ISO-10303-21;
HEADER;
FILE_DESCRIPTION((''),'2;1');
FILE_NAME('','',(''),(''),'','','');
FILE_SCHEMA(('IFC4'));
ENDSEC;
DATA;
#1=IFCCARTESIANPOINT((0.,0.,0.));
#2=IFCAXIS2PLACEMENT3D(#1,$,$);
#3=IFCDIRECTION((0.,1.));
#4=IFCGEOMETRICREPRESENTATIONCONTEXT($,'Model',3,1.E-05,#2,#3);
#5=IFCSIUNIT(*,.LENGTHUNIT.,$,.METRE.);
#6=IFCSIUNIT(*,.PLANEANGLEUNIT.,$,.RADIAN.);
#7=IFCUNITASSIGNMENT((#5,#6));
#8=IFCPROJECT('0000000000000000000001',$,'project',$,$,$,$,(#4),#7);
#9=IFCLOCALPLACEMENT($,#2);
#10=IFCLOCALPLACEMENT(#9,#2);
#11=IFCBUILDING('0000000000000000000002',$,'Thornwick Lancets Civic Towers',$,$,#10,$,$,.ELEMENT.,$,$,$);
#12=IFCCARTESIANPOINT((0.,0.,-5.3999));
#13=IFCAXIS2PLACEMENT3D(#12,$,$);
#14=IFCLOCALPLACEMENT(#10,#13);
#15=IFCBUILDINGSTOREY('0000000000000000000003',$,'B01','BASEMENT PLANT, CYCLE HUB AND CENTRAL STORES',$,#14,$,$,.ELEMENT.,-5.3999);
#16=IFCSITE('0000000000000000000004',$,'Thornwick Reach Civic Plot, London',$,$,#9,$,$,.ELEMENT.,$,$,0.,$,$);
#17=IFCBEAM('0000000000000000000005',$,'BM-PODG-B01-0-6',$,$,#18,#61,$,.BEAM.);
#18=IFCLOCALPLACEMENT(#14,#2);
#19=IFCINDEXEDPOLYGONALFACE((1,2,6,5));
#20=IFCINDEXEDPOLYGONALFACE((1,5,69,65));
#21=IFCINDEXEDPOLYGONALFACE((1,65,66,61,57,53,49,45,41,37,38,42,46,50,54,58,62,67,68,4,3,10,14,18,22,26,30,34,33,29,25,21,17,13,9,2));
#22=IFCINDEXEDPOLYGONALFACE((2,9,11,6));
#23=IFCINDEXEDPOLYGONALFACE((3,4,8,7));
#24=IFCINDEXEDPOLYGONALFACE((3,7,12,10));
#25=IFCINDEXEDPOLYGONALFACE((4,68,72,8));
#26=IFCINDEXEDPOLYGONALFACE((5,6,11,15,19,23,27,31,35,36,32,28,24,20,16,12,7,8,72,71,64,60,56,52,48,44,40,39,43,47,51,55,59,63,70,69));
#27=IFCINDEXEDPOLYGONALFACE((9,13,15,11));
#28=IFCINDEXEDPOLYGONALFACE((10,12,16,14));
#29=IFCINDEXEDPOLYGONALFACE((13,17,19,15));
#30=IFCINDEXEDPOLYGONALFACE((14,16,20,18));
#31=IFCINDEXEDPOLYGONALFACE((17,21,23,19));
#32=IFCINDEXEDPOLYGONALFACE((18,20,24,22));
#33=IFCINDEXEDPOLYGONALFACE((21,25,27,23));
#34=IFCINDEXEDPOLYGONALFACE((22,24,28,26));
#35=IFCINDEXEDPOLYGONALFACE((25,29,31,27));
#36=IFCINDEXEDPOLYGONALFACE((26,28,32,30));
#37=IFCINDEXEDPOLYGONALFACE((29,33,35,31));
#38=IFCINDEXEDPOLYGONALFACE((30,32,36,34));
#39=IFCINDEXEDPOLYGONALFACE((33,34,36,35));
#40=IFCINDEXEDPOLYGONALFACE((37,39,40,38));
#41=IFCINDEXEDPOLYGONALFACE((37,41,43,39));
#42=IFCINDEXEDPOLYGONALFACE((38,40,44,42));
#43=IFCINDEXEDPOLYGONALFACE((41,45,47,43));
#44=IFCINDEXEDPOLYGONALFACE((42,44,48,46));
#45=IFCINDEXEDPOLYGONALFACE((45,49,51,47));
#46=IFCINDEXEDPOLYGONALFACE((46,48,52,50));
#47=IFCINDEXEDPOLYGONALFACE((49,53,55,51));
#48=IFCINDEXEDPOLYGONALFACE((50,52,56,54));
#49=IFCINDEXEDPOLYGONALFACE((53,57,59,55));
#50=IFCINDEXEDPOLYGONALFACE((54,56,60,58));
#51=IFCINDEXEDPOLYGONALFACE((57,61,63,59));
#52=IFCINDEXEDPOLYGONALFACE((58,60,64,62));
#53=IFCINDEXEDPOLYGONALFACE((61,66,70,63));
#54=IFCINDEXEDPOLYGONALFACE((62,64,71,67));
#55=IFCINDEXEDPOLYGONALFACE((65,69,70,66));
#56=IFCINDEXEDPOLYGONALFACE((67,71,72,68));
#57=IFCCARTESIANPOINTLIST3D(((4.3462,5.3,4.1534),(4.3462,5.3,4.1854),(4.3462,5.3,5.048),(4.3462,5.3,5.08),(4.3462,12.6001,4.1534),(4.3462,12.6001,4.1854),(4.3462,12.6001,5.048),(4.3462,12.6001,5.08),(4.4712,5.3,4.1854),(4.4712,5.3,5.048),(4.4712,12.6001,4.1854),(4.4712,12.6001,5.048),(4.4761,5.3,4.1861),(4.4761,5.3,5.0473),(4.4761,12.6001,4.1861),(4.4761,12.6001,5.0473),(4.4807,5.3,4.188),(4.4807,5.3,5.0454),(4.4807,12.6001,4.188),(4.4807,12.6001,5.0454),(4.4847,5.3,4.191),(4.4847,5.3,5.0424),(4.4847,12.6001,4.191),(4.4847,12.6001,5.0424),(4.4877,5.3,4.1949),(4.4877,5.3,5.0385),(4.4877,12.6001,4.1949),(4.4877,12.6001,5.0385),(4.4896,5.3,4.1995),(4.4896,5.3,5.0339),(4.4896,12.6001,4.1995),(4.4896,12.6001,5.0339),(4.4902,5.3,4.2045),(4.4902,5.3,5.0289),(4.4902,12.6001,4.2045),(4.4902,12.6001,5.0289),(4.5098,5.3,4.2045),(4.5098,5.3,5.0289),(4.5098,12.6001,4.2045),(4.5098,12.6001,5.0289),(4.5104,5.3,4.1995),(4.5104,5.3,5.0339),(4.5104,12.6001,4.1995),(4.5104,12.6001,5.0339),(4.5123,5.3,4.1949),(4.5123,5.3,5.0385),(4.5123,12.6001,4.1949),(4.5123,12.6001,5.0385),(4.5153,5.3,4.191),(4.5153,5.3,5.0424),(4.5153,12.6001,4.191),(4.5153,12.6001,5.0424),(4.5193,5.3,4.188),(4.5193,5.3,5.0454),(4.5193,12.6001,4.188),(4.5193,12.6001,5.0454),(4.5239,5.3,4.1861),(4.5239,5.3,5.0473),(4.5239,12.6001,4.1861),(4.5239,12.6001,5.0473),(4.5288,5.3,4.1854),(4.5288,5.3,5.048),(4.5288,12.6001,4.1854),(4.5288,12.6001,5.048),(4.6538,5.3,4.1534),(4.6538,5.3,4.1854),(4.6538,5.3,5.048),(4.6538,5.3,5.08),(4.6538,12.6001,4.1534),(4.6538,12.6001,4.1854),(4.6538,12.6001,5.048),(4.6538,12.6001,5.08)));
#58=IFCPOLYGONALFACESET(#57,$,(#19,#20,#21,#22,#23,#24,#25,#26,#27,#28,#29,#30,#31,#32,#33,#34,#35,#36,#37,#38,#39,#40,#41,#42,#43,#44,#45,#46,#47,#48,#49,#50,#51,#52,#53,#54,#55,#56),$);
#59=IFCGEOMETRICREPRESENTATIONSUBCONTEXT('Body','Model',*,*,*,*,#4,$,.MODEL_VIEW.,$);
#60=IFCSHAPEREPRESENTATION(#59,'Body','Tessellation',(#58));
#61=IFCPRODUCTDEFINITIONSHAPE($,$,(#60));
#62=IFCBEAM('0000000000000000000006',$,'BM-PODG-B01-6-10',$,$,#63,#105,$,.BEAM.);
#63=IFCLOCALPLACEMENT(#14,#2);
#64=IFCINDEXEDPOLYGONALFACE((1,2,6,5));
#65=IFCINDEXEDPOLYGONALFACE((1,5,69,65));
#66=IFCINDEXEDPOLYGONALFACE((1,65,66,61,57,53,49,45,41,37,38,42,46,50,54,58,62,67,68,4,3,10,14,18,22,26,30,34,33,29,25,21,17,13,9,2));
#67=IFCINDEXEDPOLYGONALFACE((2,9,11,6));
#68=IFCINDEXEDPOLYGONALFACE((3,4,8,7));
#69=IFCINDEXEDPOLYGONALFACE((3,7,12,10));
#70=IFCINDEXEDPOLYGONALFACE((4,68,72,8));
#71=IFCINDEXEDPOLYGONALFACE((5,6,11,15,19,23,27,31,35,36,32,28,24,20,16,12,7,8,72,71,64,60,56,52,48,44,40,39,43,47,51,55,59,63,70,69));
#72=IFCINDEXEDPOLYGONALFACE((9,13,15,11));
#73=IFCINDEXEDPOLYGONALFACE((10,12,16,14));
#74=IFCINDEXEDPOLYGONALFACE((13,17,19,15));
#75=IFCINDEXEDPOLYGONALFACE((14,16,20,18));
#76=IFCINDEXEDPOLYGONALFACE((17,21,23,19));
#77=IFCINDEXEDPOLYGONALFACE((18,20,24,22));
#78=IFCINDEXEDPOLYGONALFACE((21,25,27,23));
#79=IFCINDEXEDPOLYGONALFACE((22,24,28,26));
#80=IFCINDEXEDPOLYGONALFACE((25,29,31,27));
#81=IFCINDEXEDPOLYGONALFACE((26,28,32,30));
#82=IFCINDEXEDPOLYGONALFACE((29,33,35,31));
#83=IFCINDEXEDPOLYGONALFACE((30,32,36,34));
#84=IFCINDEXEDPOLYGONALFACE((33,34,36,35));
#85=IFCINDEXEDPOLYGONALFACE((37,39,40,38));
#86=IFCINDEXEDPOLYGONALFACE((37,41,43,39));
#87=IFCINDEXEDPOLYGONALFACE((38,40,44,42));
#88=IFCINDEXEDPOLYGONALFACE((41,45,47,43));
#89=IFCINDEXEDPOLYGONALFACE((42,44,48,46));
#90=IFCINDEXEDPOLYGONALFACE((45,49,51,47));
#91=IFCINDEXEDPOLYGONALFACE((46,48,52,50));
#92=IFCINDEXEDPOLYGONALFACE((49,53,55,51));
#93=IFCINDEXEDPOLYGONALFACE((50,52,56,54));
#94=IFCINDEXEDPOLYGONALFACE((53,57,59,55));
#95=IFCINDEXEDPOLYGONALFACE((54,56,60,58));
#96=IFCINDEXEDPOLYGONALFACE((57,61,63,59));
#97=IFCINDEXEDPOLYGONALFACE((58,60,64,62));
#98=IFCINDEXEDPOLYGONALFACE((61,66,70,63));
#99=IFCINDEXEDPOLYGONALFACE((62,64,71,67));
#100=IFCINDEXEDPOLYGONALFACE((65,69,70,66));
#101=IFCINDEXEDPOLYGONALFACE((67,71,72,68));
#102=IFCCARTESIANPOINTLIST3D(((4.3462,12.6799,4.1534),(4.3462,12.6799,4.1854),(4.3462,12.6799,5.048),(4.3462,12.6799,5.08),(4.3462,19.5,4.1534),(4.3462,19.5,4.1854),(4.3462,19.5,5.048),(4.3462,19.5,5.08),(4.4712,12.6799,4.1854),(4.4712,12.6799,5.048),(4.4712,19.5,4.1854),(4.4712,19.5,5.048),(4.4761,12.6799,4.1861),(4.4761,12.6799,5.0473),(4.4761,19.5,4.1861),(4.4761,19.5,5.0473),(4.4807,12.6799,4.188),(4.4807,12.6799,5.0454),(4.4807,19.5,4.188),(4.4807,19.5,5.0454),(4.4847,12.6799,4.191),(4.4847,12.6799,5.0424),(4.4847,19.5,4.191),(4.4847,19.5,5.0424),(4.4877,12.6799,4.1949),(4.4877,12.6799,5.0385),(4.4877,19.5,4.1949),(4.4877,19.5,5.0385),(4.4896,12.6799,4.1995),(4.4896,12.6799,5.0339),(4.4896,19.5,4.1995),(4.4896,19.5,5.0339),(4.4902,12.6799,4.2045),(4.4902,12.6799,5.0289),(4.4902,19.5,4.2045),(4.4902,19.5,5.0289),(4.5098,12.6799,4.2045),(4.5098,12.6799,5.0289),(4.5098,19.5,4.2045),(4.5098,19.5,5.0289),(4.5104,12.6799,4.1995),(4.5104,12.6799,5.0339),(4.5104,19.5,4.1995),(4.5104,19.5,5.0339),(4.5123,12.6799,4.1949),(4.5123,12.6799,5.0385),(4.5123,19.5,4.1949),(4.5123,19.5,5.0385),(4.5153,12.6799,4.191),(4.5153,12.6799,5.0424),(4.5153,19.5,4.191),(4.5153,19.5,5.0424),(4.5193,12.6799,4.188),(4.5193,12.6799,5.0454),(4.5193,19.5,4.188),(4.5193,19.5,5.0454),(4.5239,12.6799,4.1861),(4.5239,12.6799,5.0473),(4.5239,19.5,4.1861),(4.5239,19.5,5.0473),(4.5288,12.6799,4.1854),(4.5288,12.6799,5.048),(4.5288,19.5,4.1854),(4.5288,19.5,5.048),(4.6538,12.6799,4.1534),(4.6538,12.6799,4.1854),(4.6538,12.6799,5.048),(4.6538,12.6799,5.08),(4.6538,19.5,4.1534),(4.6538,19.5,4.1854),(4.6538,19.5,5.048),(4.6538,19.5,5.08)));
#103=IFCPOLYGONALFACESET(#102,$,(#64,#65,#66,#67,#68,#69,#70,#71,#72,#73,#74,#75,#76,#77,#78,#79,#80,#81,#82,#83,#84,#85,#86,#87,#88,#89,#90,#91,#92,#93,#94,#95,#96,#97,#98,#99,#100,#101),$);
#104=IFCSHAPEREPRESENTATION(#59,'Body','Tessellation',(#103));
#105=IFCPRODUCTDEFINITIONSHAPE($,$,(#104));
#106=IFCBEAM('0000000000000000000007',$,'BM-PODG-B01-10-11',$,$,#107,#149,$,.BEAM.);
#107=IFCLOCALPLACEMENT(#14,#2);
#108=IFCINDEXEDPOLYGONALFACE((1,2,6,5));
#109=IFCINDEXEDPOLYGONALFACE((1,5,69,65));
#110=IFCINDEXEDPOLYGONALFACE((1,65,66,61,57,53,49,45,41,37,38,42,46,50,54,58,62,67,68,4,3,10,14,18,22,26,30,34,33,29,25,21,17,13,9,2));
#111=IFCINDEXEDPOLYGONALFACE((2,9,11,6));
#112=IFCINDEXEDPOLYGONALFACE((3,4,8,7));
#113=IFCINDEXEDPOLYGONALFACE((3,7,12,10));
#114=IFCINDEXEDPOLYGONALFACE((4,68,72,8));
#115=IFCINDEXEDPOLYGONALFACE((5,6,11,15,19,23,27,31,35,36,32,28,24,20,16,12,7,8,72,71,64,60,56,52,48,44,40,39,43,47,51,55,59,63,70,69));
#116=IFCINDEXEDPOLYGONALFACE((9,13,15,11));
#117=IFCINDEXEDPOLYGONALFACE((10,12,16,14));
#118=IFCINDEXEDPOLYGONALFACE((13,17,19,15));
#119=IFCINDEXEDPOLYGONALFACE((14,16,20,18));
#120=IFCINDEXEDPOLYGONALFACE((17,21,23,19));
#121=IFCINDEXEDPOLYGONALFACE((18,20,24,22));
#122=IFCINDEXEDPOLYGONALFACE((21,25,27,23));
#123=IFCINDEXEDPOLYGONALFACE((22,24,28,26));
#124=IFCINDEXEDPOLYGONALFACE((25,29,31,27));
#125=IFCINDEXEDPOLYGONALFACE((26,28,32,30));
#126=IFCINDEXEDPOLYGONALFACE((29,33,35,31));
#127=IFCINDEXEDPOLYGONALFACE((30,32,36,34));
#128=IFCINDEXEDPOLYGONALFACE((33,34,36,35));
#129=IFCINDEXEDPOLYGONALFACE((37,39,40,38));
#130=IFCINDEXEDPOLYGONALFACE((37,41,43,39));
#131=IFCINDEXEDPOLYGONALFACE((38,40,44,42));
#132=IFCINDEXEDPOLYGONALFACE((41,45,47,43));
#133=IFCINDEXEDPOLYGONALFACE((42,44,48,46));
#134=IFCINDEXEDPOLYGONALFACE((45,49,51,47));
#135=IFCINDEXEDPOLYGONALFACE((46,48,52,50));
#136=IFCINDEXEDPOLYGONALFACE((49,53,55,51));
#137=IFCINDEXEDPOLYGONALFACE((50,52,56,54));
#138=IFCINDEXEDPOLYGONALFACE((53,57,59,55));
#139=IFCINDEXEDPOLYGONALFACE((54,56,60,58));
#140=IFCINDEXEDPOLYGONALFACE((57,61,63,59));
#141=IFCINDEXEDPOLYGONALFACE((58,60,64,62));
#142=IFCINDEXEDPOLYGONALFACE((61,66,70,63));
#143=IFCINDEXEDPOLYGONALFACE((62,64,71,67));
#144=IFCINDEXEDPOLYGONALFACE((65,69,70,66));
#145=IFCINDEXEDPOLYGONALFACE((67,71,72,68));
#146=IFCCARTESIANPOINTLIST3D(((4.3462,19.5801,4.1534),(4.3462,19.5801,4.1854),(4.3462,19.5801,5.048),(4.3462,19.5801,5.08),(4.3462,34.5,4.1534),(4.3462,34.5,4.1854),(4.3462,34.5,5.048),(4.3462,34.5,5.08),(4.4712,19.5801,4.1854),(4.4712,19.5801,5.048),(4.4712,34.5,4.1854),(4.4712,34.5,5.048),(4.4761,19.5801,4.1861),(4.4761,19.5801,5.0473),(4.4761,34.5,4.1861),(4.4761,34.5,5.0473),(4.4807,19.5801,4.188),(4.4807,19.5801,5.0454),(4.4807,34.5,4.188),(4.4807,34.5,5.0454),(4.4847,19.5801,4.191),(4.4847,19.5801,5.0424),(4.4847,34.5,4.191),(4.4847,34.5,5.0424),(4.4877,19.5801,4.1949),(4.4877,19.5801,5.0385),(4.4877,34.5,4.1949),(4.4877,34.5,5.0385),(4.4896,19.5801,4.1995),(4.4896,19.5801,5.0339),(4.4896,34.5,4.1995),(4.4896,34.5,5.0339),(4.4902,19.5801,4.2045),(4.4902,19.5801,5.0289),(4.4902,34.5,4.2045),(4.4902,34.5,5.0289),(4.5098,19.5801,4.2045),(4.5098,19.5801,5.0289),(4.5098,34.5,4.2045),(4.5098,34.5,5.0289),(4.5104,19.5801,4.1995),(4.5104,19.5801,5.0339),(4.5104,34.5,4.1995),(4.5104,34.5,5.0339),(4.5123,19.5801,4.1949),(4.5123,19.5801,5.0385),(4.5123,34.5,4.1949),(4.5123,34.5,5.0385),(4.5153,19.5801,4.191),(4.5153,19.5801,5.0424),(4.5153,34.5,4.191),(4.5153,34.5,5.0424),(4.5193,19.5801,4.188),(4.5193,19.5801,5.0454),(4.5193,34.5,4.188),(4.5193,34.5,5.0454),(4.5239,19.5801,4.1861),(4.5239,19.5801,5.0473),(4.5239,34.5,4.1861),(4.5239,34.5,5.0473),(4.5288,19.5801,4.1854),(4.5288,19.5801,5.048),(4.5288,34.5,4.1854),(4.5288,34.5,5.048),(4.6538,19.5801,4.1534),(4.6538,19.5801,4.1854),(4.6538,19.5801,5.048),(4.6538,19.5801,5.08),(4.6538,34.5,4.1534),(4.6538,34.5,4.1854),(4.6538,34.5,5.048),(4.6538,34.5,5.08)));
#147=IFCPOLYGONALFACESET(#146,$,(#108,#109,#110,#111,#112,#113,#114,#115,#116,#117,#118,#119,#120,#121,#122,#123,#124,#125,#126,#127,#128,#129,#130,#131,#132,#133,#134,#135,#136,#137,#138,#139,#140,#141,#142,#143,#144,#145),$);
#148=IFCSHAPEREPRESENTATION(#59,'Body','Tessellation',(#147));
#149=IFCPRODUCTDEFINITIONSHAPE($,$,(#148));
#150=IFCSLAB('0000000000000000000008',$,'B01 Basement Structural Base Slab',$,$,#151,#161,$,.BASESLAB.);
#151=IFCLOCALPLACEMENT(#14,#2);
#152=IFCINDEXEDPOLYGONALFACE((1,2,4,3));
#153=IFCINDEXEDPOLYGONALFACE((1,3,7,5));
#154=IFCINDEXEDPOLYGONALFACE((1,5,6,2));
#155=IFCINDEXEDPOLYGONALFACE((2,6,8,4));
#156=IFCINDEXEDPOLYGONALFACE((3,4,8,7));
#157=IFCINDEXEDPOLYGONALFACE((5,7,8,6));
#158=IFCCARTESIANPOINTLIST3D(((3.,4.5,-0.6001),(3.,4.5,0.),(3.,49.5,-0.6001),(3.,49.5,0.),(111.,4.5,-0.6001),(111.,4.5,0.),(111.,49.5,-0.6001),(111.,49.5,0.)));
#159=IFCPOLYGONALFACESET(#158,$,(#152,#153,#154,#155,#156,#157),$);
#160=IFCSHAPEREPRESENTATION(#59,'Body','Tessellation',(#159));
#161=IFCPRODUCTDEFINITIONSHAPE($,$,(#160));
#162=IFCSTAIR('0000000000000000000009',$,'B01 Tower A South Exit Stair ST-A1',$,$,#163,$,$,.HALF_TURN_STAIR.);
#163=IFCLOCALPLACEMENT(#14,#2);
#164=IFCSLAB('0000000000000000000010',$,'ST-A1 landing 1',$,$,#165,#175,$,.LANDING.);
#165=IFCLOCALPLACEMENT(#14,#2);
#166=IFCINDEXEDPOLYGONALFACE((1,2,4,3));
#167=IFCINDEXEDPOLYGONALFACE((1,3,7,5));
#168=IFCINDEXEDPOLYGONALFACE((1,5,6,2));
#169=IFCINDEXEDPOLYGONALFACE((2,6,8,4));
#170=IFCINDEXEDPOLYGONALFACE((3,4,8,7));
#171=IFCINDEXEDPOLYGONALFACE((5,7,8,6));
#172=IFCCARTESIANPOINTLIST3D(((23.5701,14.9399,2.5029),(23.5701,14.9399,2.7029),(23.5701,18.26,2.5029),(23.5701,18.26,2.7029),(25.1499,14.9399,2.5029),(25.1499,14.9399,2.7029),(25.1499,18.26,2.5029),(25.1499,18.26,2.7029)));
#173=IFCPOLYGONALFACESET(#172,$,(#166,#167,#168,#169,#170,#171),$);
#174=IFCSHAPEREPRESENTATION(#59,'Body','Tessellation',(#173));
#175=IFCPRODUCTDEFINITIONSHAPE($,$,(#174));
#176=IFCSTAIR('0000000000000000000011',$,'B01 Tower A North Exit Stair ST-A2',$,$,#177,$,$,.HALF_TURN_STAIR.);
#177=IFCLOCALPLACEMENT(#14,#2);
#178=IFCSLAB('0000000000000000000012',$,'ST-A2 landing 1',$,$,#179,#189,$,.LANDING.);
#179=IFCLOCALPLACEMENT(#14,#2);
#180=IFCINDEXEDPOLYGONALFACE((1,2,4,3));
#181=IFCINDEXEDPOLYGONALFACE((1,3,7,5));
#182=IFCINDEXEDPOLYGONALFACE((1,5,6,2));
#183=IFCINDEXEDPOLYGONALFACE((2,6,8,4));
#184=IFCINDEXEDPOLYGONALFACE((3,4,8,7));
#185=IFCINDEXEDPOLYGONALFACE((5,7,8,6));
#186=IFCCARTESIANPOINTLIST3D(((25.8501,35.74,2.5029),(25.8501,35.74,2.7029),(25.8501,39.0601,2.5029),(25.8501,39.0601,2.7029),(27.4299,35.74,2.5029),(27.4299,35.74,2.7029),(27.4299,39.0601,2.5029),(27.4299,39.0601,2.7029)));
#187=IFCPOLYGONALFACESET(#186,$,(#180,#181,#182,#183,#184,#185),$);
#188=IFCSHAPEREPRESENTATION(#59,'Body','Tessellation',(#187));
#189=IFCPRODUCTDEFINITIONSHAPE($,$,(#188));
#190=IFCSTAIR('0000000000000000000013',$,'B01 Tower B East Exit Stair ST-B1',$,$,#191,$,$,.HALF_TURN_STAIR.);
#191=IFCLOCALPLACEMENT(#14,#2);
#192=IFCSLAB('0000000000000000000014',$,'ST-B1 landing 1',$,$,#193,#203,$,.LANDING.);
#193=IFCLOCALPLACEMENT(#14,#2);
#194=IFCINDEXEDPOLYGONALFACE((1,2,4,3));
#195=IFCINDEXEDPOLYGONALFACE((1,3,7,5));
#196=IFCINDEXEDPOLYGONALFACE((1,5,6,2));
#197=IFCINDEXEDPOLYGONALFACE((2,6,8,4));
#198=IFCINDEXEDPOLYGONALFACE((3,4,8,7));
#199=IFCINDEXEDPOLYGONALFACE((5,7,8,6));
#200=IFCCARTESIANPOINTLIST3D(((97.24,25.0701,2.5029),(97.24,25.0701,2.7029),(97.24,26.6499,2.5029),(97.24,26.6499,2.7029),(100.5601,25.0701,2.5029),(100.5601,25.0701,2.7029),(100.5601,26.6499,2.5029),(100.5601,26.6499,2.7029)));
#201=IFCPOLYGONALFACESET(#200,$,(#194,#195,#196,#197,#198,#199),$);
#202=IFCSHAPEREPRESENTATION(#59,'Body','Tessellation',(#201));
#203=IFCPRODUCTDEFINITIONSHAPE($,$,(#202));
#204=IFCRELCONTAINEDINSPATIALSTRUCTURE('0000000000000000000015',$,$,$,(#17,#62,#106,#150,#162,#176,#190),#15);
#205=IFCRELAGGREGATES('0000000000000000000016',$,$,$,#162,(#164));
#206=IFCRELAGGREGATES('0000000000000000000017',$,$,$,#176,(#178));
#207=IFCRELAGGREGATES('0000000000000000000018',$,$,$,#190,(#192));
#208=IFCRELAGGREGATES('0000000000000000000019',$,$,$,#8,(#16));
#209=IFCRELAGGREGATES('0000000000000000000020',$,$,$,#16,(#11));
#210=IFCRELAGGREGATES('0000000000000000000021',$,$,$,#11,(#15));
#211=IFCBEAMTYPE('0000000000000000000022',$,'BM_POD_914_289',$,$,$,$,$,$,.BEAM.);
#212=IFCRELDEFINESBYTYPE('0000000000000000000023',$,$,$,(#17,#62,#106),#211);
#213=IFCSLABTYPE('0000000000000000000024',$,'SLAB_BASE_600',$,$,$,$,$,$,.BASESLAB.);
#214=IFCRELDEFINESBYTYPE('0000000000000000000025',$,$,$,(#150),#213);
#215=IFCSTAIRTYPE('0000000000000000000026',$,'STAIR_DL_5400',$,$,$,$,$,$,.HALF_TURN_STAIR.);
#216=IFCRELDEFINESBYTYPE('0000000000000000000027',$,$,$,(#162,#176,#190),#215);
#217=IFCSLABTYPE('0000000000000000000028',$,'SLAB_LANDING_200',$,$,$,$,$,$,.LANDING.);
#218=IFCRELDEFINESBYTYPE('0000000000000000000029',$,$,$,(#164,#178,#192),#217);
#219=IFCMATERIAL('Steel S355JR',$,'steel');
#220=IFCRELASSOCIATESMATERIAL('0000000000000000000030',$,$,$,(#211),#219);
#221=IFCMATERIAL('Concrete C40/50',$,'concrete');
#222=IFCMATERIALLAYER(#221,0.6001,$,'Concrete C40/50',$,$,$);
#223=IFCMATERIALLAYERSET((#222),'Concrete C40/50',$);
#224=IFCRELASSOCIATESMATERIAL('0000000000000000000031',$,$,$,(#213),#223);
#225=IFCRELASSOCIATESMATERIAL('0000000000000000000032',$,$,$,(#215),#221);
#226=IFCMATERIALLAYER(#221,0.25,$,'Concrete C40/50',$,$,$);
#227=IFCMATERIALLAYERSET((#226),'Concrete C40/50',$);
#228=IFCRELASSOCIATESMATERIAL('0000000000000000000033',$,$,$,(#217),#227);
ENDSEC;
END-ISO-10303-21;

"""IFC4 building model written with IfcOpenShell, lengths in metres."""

from ifc_helpers import new_model, si_unit, direction, frame, origin, origin_2d, place, context, subcontext, project, spatial, polyline, i_section, outline, extrude, material, layer, layer_set, material_profile, profile_set, type_object, element, aggregate, save


model = new_model("IFC4")

# Units and contexts
model_context = context("Model", 3, precision=1e-05, world=origin(), true_north=direction((0.0, 1.0)))
body_context = subcontext(model_context, "Body", "Model", "MODEL_VIEW")
ifc_project = project(units=[si_unit("LENGTHUNIT", "METRE"), si_unit("PLANEANGLEUNIT", "RADIAN")], contexts=[model_context])

# Site, building, storey
site_placement = place(None, origin())
site = spatial("IfcSite", under=ifc_project, at=site_placement, Name="Thornwick Reach Civic Plot, London", CompositionType="ELEMENT", RefElevation=0.0)
building_placement = place(site_placement, origin())
building = spatial("IfcBuilding", under=site, at=building_placement, Name="Thornwick Lancets Civic Towers", CompositionType="ELEMENT")
storey_placement = place(building_placement, frame((0.0, 0.0, -5.3999)))
storey = spatial("IfcBuildingStorey", under=building, at=storey_placement, Name="B01", Description="BASEMENT PLANT, CYCLE HUB AND CENTRAL STORES", CompositionType="ELEMENT", Elevation=-5.3999)

# Shared definitions
ifc_material_1 = material(Name="Concrete C40/50", Category="concrete")

# Beams
ifc_material_2 = material(Name="Steel S355JR", Category="steel")
ifc_material_profile_1 = material_profile(ifc_material_2, i_section(OverallWidth=0.3076, OverallDepth=0.9265, WebThickness=0.0195, FlangeThickness=0.032, FilletRadius=0.019, at=origin_2d()), Name="UKB 914x305x289")
ifc_profile_set_1 = profile_set([ifc_material_profile_1], Name="Steel S355JR")
beam_type = type_object("IfcBeamType", Name="BM_POD_914_289", PredefinedType="BEAM", material=ifc_profile_set_1)
beam_1_placement = place(storey_placement, frame((4.5, 5.3, 4.6167), z_axis=(0.0, 1.0, 0.0), x_axis=(-1.0, 0.0, 0.0)))
element("IfcBeam", 1, at=beam_1_placement, inside=storey, type_object=beam_type, Name="BM-PODG-B01-0-6", PredefinedType="BEAM", context=body_context, shape_type="SweptSolid", body=[
    extrude(i_section(OverallWidth=0.3076, OverallDepth=0.9265, WebThickness=0.0195, FlangeThickness=0.032, FilletRadius=0.019, at=origin_2d()), origin(), (0.0, 0.0, 1.0), 7.3),
])
beam_2_placement = place(storey_placement, frame((4.5, 12.6799, 4.6167), z_axis=(0.0, 1.0, 0.0), x_axis=(-1.0, 0.0, 0.0)))
element("IfcBeam", 2, at=beam_2_placement, inside=storey, type_object=beam_type, Name="BM-PODG-B01-6-10", PredefinedType="BEAM", context=body_context, shape_type="SweptSolid", body=[
    extrude(i_section(OverallWidth=0.3076, OverallDepth=0.9265, WebThickness=0.0195, FlangeThickness=0.032, FilletRadius=0.019, at=origin_2d()), origin(), (0.0, 0.0, 1.0), 6.8201),
])
beam_3_placement = place(storey_placement, frame((4.5, 19.5801, 4.6167), z_axis=(0.0, 1.0, 0.0), x_axis=(-1.0, 0.0, 0.0)))
element("IfcBeam", 3, at=beam_3_placement, inside=storey, type_object=beam_type, Name="BM-PODG-B01-10-11", PredefinedType="BEAM", context=body_context, shape_type="SweptSolid", body=[
    extrude(i_section(OverallWidth=0.3076, OverallDepth=0.9265, WebThickness=0.0195, FlangeThickness=0.032, FilletRadius=0.019, at=origin_2d()), origin(), (0.0, 0.0, 1.0), 14.9199),
])

# Slab
ifc_layer_1 = layer(ifc_material_1, 0.6001, Name="Concrete C40/50")
ifc_layer_set_1 = layer_set([ifc_layer_1], Name="Concrete C40/50")
slab_type_1 = type_object("IfcSlabType", Name="SLAB_BASE_600", PredefinedType="BASESLAB", material=ifc_layer_set_1)
slab_1_placement = place(storey_placement, frame((0.0, 0.0, -0.6001)))
element("IfcSlab", 4, at=slab_1_placement, inside=storey, type_object=slab_type_1, Name="B01 Basement Structural Base Slab", PredefinedType="BASESLAB", context=body_context, shape_type="SweptSolid", body=[
    extrude(outline(polyline([(3.0, 4.5), (111.0, 4.5), (111.0, 49.5), (3.0, 49.5), (3.0, 4.5)])), origin(), (0.0, 0.0, 1.0), 0.6001),
])

# Stairs, slabs
stair_type = type_object("IfcStairType", Name="STAIR_DL_5400", PredefinedType="HALF_TURN_STAIR", material=ifc_material_1)
stair_1_placement = place(storey_placement, origin())
stair_1 = element("IfcStair", 5, at=stair_1_placement, inside=storey, type_object=stair_type, Name="B01 Tower A South Exit Stair ST-A1", PredefinedType="HALF_TURN_STAIR")
ifc_layer_2 = layer(ifc_material_1, 0.25, Name="Concrete C40/50")
ifc_layer_set_2 = layer_set([ifc_layer_2], Name="Concrete C40/50")
slab_type_2 = type_object("IfcSlabType", Name="SLAB_LANDING_200", PredefinedType="LANDING", material=ifc_layer_set_2)
slab_2_placement = place(storey_placement, frame((0.0, 0.0, 2.5029)))
slab_2 = element("IfcSlab", 6, at=slab_2_placement, type_object=slab_type_2, Name="ST-A1 landing 1", PredefinedType="LANDING", context=body_context, shape_type="SweptSolid", body=[
    extrude(outline(polyline([(23.5701, 14.9399), (25.1499, 14.9399), (25.1499, 18.26), (23.5701, 18.26), (23.5701, 14.9399)])), origin(), (0.0, 0.0, 1.0), 0.2),
])
aggregate(stair_1, [slab_2])
stair_2_placement = place(storey_placement, origin())
stair_2 = element("IfcStair", 7, at=stair_2_placement, inside=storey, type_object=stair_type, Name="B01 Tower A North Exit Stair ST-A2", PredefinedType="HALF_TURN_STAIR")
slab_3_placement = place(storey_placement, frame((0.0, 0.0, 2.5029)))
slab_3 = element("IfcSlab", 8, at=slab_3_placement, type_object=slab_type_2, Name="ST-A2 landing 1", PredefinedType="LANDING", context=body_context, shape_type="SweptSolid", body=[
    extrude(outline(polyline([(27.4299, 39.0601), (25.8501, 39.0601), (25.8501, 35.74), (27.4299, 35.74), (27.4299, 39.0601)])), origin(), (0.0, 0.0, 1.0), 0.2),
])
aggregate(stair_2, [slab_3])
stair_3_placement = place(storey_placement, origin())
stair_3 = element("IfcStair", 9, at=stair_3_placement, inside=storey, type_object=stair_type, Name="B01 Tower B East Exit Stair ST-B1", PredefinedType="HALF_TURN_STAIR")
slab_4_placement = place(storey_placement, frame((0.0, 0.0, 2.5029)))
slab_4 = element("IfcSlab", 10, at=slab_4_placement, type_object=slab_type_2, Name="ST-B1 landing 1", PredefinedType="LANDING", context=body_context, shape_type="SweptSolid", body=[
    extrude(outline(polyline([(100.5601, 25.0701), (100.5601, 26.6499), (97.24, 26.6499), (97.24, 25.0701), (100.5601, 25.0701)])), origin(), (0.0, 0.0, 1.0), 0.2),
])
aggregate(stair_3, [slab_4])

save(model, "model.ifc")
